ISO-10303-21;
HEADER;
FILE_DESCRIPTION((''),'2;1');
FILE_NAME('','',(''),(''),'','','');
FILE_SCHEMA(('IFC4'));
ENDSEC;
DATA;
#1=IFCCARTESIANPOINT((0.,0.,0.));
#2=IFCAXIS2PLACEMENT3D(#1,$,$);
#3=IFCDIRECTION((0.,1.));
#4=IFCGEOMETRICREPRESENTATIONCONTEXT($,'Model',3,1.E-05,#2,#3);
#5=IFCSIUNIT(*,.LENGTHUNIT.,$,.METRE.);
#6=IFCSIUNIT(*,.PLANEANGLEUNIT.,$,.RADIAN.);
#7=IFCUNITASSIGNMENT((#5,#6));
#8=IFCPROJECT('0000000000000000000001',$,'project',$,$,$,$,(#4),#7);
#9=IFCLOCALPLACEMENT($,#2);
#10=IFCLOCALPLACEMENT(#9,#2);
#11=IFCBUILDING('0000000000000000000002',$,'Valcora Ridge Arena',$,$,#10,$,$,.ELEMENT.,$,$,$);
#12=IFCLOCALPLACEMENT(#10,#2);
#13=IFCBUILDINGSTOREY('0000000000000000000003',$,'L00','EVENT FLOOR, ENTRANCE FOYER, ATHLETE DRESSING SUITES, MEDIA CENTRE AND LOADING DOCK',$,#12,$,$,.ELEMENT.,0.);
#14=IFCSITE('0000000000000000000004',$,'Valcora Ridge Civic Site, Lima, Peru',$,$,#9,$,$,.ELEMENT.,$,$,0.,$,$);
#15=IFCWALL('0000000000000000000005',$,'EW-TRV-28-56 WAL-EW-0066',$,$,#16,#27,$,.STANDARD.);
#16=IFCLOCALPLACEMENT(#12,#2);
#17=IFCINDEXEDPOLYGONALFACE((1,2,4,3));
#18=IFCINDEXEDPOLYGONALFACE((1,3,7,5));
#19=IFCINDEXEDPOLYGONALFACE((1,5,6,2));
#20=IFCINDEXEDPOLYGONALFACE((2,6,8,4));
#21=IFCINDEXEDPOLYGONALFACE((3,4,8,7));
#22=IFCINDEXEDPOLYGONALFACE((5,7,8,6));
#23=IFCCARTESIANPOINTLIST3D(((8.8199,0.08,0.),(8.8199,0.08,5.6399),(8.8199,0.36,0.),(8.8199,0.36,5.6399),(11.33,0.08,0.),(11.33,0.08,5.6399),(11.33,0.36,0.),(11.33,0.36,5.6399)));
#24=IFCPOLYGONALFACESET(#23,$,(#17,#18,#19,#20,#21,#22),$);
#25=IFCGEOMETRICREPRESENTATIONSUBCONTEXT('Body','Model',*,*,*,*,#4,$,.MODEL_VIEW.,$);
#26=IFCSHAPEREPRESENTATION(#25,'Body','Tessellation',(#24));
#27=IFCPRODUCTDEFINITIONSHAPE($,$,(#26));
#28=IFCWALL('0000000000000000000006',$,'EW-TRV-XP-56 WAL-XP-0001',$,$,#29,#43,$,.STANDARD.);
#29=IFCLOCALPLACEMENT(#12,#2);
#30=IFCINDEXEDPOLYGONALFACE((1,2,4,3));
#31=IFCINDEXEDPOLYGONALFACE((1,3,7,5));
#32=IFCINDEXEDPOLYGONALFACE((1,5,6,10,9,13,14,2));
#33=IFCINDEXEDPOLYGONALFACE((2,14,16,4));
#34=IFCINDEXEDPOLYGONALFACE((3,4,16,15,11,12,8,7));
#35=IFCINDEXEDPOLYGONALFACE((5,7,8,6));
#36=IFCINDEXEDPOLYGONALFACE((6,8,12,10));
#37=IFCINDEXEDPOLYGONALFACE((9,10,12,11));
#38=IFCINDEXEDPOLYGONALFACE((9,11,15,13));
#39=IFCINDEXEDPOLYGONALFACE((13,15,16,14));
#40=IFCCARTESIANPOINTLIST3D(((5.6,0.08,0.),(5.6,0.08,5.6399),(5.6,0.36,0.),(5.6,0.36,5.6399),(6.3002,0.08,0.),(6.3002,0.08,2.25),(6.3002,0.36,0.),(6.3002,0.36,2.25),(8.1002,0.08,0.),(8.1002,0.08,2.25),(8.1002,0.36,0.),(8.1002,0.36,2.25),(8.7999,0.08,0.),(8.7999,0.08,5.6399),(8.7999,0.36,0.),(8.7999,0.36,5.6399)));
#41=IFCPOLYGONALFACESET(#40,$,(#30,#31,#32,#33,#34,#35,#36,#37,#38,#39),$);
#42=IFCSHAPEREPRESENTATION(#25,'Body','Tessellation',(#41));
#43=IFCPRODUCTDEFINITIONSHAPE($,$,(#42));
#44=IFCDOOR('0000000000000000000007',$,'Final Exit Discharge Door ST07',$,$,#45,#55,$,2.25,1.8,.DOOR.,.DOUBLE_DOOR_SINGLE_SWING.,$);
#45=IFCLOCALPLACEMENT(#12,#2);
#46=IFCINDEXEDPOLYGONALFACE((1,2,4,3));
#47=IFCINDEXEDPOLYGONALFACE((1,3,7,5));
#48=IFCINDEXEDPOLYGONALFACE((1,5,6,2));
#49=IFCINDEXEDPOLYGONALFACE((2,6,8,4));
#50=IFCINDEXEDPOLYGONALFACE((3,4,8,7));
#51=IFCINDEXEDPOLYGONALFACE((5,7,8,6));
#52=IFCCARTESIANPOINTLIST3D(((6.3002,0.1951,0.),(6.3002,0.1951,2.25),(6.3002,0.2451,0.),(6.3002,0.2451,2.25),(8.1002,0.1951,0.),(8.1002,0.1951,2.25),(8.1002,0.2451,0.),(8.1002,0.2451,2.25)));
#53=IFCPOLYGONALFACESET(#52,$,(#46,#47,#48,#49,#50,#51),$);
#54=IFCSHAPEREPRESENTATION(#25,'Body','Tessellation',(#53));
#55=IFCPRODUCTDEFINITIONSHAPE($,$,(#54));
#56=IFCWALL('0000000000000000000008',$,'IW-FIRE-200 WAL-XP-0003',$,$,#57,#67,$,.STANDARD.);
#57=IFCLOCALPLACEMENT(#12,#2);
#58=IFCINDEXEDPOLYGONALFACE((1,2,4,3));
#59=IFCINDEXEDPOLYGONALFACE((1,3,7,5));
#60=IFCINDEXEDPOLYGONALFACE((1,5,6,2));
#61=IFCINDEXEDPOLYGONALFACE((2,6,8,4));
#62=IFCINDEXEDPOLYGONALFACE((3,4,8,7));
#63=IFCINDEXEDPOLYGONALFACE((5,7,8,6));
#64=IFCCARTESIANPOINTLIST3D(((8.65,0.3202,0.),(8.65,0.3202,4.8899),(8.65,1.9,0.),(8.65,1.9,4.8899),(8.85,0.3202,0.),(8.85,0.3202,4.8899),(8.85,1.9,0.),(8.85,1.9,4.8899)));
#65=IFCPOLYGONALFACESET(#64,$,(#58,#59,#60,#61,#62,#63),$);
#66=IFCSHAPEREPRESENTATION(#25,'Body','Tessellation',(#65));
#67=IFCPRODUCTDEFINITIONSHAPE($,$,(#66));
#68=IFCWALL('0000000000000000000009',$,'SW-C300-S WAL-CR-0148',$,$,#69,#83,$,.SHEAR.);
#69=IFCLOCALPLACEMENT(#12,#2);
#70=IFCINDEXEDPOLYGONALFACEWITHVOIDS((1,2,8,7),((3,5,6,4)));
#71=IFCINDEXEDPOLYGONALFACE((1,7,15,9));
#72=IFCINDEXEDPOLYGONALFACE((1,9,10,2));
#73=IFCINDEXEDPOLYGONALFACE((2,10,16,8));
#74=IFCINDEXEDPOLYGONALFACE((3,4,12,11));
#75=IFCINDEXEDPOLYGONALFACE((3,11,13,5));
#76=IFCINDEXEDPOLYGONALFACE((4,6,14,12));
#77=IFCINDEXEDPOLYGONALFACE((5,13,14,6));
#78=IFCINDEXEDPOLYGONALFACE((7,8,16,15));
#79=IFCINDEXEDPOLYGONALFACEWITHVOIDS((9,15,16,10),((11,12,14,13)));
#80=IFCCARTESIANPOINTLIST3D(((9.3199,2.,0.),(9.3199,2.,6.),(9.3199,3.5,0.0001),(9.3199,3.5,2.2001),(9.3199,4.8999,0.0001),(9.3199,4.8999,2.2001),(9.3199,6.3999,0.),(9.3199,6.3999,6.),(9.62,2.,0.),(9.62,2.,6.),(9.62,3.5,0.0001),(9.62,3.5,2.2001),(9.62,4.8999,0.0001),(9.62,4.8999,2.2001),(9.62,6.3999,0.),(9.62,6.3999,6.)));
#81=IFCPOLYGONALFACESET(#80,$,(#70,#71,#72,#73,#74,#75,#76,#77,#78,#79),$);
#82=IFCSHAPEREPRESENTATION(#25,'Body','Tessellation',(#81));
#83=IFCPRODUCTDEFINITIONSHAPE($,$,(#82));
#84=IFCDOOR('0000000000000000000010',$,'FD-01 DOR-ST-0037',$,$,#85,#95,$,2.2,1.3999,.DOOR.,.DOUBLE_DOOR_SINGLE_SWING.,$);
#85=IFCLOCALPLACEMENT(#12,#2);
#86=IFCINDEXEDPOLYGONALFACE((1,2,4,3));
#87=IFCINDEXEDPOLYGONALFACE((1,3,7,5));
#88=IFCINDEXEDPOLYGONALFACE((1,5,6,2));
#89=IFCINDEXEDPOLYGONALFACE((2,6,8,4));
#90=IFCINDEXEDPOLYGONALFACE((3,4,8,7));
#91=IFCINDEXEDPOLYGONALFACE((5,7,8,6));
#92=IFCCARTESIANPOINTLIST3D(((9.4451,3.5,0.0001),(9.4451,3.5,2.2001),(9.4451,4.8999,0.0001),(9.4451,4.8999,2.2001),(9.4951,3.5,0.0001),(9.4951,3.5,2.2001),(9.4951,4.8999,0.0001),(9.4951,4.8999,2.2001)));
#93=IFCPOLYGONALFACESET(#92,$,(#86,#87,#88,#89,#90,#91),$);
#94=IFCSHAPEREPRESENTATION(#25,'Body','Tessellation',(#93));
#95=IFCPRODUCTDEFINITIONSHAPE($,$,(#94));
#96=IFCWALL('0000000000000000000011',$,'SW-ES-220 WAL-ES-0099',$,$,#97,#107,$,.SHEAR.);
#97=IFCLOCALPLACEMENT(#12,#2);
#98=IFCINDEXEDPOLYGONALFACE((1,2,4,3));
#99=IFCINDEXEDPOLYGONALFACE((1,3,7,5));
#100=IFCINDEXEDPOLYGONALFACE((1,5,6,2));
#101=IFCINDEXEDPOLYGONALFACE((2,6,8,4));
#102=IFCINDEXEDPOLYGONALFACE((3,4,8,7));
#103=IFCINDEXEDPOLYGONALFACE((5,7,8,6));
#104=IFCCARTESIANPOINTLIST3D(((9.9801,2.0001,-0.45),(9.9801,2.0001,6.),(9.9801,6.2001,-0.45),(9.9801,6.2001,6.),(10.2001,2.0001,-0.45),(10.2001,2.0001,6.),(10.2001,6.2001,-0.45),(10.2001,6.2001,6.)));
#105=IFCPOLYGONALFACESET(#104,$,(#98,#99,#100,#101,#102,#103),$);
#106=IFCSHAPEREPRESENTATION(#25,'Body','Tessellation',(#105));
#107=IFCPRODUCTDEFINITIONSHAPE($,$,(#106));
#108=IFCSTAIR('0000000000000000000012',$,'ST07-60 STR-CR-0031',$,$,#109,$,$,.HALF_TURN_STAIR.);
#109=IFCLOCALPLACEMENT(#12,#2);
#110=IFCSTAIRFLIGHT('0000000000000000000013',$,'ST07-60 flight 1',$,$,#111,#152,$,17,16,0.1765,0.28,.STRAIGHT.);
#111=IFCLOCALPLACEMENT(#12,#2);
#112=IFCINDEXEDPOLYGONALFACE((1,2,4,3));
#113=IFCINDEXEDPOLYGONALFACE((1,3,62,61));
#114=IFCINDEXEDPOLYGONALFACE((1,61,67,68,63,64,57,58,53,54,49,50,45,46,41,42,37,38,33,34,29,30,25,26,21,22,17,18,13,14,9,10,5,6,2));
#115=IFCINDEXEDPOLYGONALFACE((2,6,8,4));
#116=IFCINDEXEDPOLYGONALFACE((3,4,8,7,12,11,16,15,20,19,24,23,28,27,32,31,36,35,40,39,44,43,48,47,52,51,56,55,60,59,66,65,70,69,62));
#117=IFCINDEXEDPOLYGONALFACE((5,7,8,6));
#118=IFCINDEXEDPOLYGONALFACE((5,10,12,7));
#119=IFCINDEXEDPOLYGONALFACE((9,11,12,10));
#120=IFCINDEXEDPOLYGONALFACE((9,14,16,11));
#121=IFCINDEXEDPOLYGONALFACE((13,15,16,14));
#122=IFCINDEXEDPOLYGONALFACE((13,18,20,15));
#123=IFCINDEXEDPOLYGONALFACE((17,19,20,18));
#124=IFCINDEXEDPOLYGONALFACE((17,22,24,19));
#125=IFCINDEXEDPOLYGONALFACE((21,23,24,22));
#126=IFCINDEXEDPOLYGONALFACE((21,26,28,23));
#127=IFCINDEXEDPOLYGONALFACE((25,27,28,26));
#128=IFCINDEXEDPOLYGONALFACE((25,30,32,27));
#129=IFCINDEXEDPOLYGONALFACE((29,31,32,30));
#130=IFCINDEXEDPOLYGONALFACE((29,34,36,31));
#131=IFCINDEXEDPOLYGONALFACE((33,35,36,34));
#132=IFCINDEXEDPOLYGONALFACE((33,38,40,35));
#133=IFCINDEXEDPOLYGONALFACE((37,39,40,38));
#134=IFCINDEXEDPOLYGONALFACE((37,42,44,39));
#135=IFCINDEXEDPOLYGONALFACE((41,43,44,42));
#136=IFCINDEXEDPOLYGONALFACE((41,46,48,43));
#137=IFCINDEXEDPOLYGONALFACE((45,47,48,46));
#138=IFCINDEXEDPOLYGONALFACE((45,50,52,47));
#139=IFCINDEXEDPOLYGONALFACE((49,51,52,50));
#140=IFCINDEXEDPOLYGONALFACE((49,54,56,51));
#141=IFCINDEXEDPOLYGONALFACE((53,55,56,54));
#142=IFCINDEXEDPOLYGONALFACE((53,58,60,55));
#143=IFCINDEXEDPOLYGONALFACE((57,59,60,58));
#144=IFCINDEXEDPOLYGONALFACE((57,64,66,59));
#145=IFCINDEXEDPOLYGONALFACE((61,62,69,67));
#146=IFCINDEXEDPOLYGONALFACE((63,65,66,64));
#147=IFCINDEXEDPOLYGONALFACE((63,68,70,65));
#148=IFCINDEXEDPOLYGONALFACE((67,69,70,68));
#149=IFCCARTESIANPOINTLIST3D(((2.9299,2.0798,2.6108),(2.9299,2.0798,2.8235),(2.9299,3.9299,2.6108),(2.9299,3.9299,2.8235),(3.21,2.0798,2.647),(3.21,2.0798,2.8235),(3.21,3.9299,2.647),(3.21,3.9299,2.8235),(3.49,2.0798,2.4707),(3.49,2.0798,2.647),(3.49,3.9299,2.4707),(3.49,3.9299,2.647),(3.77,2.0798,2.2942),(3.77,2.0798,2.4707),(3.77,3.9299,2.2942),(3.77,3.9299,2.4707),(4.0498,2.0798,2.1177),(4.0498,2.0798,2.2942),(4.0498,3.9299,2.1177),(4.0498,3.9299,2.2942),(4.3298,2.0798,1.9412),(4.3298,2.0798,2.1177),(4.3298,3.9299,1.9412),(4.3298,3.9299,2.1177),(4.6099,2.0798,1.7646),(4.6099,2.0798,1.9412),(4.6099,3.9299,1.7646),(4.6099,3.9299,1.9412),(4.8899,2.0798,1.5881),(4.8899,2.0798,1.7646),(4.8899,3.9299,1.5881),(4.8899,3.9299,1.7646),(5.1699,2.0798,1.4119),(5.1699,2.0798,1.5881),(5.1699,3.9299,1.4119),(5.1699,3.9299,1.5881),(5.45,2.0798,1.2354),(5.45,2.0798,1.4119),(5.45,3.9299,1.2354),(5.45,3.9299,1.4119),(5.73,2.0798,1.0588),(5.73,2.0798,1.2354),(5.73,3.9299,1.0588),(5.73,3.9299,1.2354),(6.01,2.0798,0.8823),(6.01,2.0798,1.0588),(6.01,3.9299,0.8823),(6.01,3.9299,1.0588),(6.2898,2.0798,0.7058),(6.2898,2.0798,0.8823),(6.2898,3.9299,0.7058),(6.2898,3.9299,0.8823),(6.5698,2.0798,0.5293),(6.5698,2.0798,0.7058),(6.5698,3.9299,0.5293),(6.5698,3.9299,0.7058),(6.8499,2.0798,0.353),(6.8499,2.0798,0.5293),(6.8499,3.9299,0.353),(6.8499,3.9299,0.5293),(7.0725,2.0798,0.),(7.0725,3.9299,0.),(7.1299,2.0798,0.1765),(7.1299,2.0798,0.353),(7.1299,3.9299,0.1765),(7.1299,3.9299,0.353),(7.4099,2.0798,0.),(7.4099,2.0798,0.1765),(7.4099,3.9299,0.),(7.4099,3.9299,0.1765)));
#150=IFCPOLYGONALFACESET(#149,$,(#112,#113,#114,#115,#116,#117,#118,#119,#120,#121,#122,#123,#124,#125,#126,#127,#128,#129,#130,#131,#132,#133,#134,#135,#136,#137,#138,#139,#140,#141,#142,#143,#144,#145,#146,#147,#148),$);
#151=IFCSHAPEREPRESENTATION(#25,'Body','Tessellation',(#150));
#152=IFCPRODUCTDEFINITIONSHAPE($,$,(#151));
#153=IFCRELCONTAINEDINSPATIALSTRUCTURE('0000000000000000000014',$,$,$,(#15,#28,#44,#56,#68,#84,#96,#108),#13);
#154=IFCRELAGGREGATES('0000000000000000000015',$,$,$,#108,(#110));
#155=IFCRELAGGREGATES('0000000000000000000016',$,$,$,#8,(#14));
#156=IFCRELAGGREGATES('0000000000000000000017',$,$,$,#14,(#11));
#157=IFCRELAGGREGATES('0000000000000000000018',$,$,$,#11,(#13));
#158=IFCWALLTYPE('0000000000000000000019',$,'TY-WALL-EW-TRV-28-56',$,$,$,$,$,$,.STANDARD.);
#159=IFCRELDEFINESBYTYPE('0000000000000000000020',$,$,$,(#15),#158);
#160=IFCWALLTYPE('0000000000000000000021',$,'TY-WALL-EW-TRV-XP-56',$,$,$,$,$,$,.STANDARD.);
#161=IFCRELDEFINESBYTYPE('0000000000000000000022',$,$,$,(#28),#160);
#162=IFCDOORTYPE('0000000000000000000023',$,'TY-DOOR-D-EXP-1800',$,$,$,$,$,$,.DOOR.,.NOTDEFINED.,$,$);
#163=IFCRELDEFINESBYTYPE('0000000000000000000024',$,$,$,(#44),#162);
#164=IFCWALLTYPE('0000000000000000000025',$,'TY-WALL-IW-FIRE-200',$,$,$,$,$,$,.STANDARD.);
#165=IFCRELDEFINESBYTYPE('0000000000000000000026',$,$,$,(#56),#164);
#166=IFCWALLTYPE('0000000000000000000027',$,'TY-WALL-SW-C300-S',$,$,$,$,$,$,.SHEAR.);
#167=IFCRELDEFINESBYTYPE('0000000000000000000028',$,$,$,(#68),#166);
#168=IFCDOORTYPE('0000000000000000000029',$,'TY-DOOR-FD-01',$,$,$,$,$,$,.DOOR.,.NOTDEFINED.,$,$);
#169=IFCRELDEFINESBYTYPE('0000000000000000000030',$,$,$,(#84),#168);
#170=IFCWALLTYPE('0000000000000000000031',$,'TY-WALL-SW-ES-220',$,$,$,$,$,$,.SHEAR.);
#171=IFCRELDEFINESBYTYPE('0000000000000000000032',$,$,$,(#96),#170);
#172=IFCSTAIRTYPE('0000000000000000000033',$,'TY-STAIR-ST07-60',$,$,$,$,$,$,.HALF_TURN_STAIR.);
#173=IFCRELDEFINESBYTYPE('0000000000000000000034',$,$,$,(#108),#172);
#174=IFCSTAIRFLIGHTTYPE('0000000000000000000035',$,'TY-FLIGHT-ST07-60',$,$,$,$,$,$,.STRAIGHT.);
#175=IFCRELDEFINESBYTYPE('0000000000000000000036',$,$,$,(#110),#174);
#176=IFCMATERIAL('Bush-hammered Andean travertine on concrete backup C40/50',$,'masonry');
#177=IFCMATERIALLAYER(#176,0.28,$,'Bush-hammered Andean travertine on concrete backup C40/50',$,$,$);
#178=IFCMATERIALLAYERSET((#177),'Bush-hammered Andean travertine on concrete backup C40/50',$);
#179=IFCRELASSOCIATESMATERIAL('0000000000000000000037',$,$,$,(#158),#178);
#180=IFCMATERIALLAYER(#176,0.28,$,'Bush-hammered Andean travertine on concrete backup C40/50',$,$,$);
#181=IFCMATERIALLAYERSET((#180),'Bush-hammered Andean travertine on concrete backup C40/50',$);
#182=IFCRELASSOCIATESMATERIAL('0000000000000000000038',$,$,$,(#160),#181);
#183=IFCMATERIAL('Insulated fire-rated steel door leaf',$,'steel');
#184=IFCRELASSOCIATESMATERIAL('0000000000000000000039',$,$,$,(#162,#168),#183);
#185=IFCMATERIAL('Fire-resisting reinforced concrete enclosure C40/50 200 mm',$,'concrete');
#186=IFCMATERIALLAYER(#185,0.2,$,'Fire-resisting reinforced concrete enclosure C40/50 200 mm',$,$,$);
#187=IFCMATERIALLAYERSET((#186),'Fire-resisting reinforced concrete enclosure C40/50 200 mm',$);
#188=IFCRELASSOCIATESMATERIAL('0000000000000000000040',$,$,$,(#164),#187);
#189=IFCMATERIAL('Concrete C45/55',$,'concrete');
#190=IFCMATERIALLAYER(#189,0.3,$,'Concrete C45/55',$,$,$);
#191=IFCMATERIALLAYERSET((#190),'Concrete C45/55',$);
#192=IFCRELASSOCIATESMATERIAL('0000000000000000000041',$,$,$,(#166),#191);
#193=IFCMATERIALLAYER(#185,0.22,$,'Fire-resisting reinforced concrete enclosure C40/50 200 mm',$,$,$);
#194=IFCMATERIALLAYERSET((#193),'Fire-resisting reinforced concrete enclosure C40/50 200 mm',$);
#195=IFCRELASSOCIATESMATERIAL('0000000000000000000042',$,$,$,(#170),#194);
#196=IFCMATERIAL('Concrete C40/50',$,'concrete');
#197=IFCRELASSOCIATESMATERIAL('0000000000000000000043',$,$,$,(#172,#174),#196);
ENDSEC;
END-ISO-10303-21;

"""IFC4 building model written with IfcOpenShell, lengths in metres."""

from ifc_helpers import new_model, si_unit, direction, frame, frame_2d, origin, place, context, subcontext, project, spatial, polyline, rectangle, outline, extrude, material, layer, layer_set, type_object, element, fill, aggregate, save


model = new_model("IFC4")

# Units and contexts
model_context = context("Model", 3, precision=1e-05, world=origin(), true_north=direction((0.0, 1.0)))
body_context = subcontext(model_context, "Body", "Model", "MODEL_VIEW")
ifc_project = project(units=[si_unit("LENGTHUNIT", "METRE"), si_unit("PLANEANGLEUNIT", "RADIAN")], contexts=[model_context])

# Site, building, storey
site_placement = place(None, origin())
site = spatial("IfcSite", under=ifc_project, at=site_placement, Name="Valcora Ridge Civic Site, Lima, Peru", CompositionType="ELEMENT", RefElevation=0.0)
building_placement = place(site_placement, origin())
building = spatial("IfcBuilding", under=site, at=building_placement, Name="Valcora Ridge Arena", CompositionType="ELEMENT")
storey_placement = place(building_placement, origin())
storey = spatial("IfcBuildingStorey", under=building, at=storey_placement, Name="L00", Description="EVENT FLOOR, ENTRANCE FOYER, ATHLETE DRESSING SUITES, MEDIA CENTRE AND LOADING DOCK", CompositionType="ELEMENT", Elevation=0.0)

# Shared definitions
ifc_material_1 = material(Name="Concrete C40/50", Category="concrete")
ifc_material_2 = material(Name="Fire-resisting reinforced concrete enclosure C40/50 200 mm", Category="concrete")

# Wall
ifc_material_3 = material(Name="Bush-hammered Andean travertine on concrete backup C40/50", Category="masonry")
ifc_layer_1 = layer(ifc_material_3, 0.28, Name="Bush-hammered Andean travertine on concrete backup C40/50")
ifc_layer_set_1 = layer_set([ifc_layer_1], Name="Bush-hammered Andean travertine on concrete backup C40/50")
wall_type_1 = type_object("IfcWallType", Name="TY-WALL-EW-TRV-28-56", PredefinedType="STANDARD", material=ifc_layer_set_1)
wall_1_placement = place(storey_placement, frame((8.8201, 0.22, 0.0), z_axis=(0.0, 0.0, 1.0), x_axis=(1.0, 0.0, 0.0)))
element("IfcWall", 1, at=wall_1_placement, inside=storey, type_object=wall_type_1, Name="EW-TRV-28-56 WAL-EW-0066", PredefinedType="STANDARD", context=body_context, shape_type="SweptSolid", body=[
    extrude(rectangle(XDim=2.51, YDim=0.28, at=frame_2d((1.2549, 0.0))), origin(), (0.0, 0.0, 1.0), 5.6399),
])

# Wall, opening, door
ifc_layer_2 = layer(ifc_material_3, 0.28, Name="Bush-hammered Andean travertine on concrete backup C40/50")
ifc_layer_set_2 = layer_set([ifc_layer_2], Name="Bush-hammered Andean travertine on concrete backup C40/50")
wall_type_2 = type_object("IfcWallType", Name="TY-WALL-EW-TRV-XP-56", PredefinedType="STANDARD", material=ifc_layer_set_2)
wall_2_placement = place(storey_placement, frame((8.8, 0.22, 0.0), z_axis=(0.0, 0.0, 1.0), x_axis=(-1.0, 0.0, 0.0)))
wall_2 = element("IfcWall", 2, at=wall_2_placement, inside=storey, type_object=wall_type_2, Name="EW-TRV-XP-56 WAL-XP-0001", PredefinedType="STANDARD", context=body_context, shape_type="SweptSolid", body=[
    extrude(rectangle(XDim=3.2, YDim=0.28, at=frame_2d((1.6001, 0.0))), origin(), (0.0, 0.0, 1.0), 5.6399),
])
opening_1_placement = place(wall_2_placement, frame((0.7, 0.0, 0.0)))
opening_1 = element("IfcOpeningElement", 3, at=opening_1_placement, cuts=wall_2, PredefinedType="OPENING", context=body_context, shape_type="SweptSolid", body=[
    extrude(rectangle(XDim=1.8, YDim=2.25, at=frame_2d((0.8999, 1.125))), frame((0.0, 0.1499, 0.0), z_axis=(0.0, -1.0, 0.0), x_axis=(1.0, 0.0, 0.0)), (0.0, 0.0, 1.0), 0.3),
])
ifc_material_4 = material(Name="Insulated fire-rated steel door leaf", Category="steel")
door_type_1 = type_object("IfcDoorType", Name="TY-DOOR-D-EXP-1800", OperationType="NOTDEFINED", PredefinedType="DOOR", material=ifc_material_4)
door_1_placement = place(opening_1_placement, origin())
door_1 = element("IfcDoor", 4, at=door_1_placement, inside=storey, type_object=door_type_1, Name="Final Exit Discharge Door ST07", OperationType="DOUBLE_DOOR_SINGLE_SWING", OverallHeight=2.25, OverallWidth=1.8, PredefinedType="DOOR", context=body_context, shape_type="SweptSolid", body=[
    extrude(rectangle(XDim=1.8, YDim=2.25, at=frame_2d((0.8999, 1.125))), frame((0.0, 0.0249, 0.0), z_axis=(0.0, -1.0, 0.0), x_axis=(1.0, 0.0, 0.0)), (0.0, 0.0, 1.0), 0.05),
])
fill(opening_1, door_1)
ifc_layer_3 = layer(ifc_material_2, 0.2, Name="Fire-resisting reinforced concrete enclosure C40/50 200 mm")
ifc_layer_set_3 = layer_set([ifc_layer_3], Name="Fire-resisting reinforced concrete enclosure C40/50 200 mm")
wall_type_3 = type_object("IfcWallType", Name="TY-WALL-IW-FIRE-200", PredefinedType="STANDARD", material=ifc_layer_set_3)

# Wall
wall_3_placement = place(storey_placement, frame((8.75, 0.3201, 0.0), z_axis=(0.0, 0.0, 1.0), x_axis=(0.0, 1.0, 0.0)))
element("IfcWall", 5, at=wall_3_placement, inside=storey, type_object=wall_type_3, Name="IW-FIRE-200 WAL-XP-0003", PredefinedType="STANDARD", context=body_context, shape_type="SweptSolid", body=[
    extrude(rectangle(XDim=1.5798, YDim=0.2, at=frame_2d((0.79, 0.0))), origin(), (0.0, 0.0, 1.0), 4.8899),
])

# Wall, opening, door
ifc_material_5 = material(Name="Concrete C45/55", Category="concrete")
ifc_layer_4 = layer(ifc_material_5, 0.3, Name="Concrete C45/55")
ifc_layer_set_4 = layer_set([ifc_layer_4], Name="Concrete C45/55")
wall_type_4 = type_object("IfcWallType", Name="TY-WALL-SW-C300-S", PredefinedType="SHEAR", material=ifc_layer_set_4)
wall_4_placement = place(storey_placement, frame((9.47, 2.0, 0.0), z_axis=(0.0, 0.0, 1.0), x_axis=(0.0, 1.0, 0.0)))
wall_4 = element("IfcWall", 6, at=wall_4_placement, inside=storey, type_object=wall_type_4, Name="SW-C300-S WAL-CR-0148", PredefinedType="SHEAR", context=body_context, shape_type="SweptSolid", body=[
    extrude(rectangle(XDim=4.3999, YDim=0.3, at=frame_2d((2.2, 0.0))), origin(), (0.0, 0.0, 1.0), 6.0),
])
opening_2_placement = place(wall_4_placement, frame((1.5, 0.0, 0.0)))
opening_2 = element("IfcOpeningElement", 7, at=opening_2_placement, cuts=wall_4, PredefinedType="OPENING", context=body_context, shape_type="SweptSolid", body=[
    extrude(rectangle(XDim=1.3999, YDim=2.2, at=frame_2d((0.7, 1.1001))), frame((0.0, 0.1599, 0.0), z_axis=(0.0, -1.0, 0.0), x_axis=(1.0, 0.0, 0.0)), (0.0, 0.0, 1.0), 0.3201),
])
door_type_2 = type_object("IfcDoorType", Name="TY-DOOR-FD-01", OperationType="NOTDEFINED", PredefinedType="DOOR", material=ifc_material_4)
door_2_placement = place(opening_2_placement, origin())
door_2 = element("IfcDoor", 8, at=door_2_placement, inside=storey, type_object=door_type_2, Name="FD-01 DOR-ST-0037", OperationType="DOUBLE_DOOR_SINGLE_SWING", OverallHeight=2.2, OverallWidth=1.3999, PredefinedType="DOOR", context=body_context, shape_type="SweptSolid", body=[
    extrude(rectangle(XDim=1.3999, YDim=2.2, at=frame_2d((0.7, 1.1001))), frame((0.0, 0.0249, 0.0), z_axis=(0.0, -1.0, 0.0), x_axis=(1.0, 0.0, 0.0)), (0.0, 0.0, 1.0), 0.05),
])
fill(opening_2, door_2)

# Wall
ifc_layer_5 = layer(ifc_material_2, 0.22, Name="Fire-resisting reinforced concrete enclosure C40/50 200 mm")
ifc_layer_set_5 = layer_set([ifc_layer_5], Name="Fire-resisting reinforced concrete enclosure C40/50 200 mm")
wall_type_5 = type_object("IfcWallType", Name="TY-WALL-SW-ES-220", PredefinedType="SHEAR", material=ifc_layer_set_5)
wall_5_placement = place(storey_placement, frame((10.0901, 2.0, -0.45), z_axis=(0.0, 0.0, 1.0), x_axis=(0.0, 1.0, 0.0)))
element("IfcWall", 9, at=wall_5_placement, inside=storey, type_object=wall_type_5, Name="SW-ES-220 WAL-ES-0099", PredefinedType="SHEAR", context=body_context, shape_type="SweptSolid", body=[
    extrude(rectangle(XDim=4.2, YDim=0.22, at=frame_2d((2.1001, 0.0))), origin(), (0.0, 0.0, 1.0), 6.45),
])

# Stair, stair flight
stair_type = type_object("IfcStairType", Name="TY-STAIR-ST07-60", PredefinedType="HALF_TURN_STAIR", material=ifc_material_1)
stair_placement = place(storey_placement, origin())
stair = element("IfcStair", 10, at=stair_placement, inside=storey, type_object=stair_type, Name="ST07-60 STR-CR-0031", PredefinedType="HALF_TURN_STAIR")
stair_flight_type = type_object("IfcStairFlightType", Name="TY-FLIGHT-ST07-60", PredefinedType="STRAIGHT", material=ifc_material_1)
stair_flight_placement = place(storey_placement, frame((7.4099, 3.0049, 0.0), z_axis=(0.0, 0.0, 1.0), x_axis=(-1.0, 0.0, 0.0)))
stair_flight = element("IfcStairFlight", 11, at=stair_flight_placement, type_object=stair_flight_type, Name="ST07-60 flight 1", NumberOfRisers=17, NumberOfTreads=16, PredefinedType="STRAIGHT", RiserHeight=0.1765, TreadLength=0.28, context=body_context, shape_type="SweptSolid", body=[
    extrude(outline(polyline([(0.0, 0.0), (0.0, 0.1765), (0.28, 0.1765), (0.28, 0.353), (0.5601, 0.353), (0.5601, 0.5293), (0.8401, 0.5293), (0.8401, 0.7058), (1.1201, 0.7058), (1.1201, 0.8823), (1.3999, 0.8823), (1.3999, 1.0588), (1.6799, 1.0588), (1.6799, 1.2354), (1.96, 1.2354), (1.96, 1.4119), (2.24, 1.4119), (2.24, 1.5881), (2.52, 1.5881), (2.52, 1.7646), (2.8, 1.7646), (2.8, 1.9412), (3.0801, 1.9412), (3.0801, 2.1177), (3.3601, 2.1177), (3.3601, 2.2942), (3.6399, 2.2942), (3.6399, 2.4707), (3.9199, 2.4707), (3.9199, 2.647), (4.2, 2.647), (4.2, 2.8235), (4.48, 2.8235), (4.48, 3.0), (4.48, 2.6108), (0.3374, 0.0), (0.0, 0.0)])), frame((0.0, 0.925, 0.0), z_axis=(0.0, -1.0, 0.0), x_axis=(1.0, 0.0, 0.0)), (0.0, 0.0, 1.0), 1.8501),
])
aggregate(stair, [stair_flight])

save(model, "model.ifc")
